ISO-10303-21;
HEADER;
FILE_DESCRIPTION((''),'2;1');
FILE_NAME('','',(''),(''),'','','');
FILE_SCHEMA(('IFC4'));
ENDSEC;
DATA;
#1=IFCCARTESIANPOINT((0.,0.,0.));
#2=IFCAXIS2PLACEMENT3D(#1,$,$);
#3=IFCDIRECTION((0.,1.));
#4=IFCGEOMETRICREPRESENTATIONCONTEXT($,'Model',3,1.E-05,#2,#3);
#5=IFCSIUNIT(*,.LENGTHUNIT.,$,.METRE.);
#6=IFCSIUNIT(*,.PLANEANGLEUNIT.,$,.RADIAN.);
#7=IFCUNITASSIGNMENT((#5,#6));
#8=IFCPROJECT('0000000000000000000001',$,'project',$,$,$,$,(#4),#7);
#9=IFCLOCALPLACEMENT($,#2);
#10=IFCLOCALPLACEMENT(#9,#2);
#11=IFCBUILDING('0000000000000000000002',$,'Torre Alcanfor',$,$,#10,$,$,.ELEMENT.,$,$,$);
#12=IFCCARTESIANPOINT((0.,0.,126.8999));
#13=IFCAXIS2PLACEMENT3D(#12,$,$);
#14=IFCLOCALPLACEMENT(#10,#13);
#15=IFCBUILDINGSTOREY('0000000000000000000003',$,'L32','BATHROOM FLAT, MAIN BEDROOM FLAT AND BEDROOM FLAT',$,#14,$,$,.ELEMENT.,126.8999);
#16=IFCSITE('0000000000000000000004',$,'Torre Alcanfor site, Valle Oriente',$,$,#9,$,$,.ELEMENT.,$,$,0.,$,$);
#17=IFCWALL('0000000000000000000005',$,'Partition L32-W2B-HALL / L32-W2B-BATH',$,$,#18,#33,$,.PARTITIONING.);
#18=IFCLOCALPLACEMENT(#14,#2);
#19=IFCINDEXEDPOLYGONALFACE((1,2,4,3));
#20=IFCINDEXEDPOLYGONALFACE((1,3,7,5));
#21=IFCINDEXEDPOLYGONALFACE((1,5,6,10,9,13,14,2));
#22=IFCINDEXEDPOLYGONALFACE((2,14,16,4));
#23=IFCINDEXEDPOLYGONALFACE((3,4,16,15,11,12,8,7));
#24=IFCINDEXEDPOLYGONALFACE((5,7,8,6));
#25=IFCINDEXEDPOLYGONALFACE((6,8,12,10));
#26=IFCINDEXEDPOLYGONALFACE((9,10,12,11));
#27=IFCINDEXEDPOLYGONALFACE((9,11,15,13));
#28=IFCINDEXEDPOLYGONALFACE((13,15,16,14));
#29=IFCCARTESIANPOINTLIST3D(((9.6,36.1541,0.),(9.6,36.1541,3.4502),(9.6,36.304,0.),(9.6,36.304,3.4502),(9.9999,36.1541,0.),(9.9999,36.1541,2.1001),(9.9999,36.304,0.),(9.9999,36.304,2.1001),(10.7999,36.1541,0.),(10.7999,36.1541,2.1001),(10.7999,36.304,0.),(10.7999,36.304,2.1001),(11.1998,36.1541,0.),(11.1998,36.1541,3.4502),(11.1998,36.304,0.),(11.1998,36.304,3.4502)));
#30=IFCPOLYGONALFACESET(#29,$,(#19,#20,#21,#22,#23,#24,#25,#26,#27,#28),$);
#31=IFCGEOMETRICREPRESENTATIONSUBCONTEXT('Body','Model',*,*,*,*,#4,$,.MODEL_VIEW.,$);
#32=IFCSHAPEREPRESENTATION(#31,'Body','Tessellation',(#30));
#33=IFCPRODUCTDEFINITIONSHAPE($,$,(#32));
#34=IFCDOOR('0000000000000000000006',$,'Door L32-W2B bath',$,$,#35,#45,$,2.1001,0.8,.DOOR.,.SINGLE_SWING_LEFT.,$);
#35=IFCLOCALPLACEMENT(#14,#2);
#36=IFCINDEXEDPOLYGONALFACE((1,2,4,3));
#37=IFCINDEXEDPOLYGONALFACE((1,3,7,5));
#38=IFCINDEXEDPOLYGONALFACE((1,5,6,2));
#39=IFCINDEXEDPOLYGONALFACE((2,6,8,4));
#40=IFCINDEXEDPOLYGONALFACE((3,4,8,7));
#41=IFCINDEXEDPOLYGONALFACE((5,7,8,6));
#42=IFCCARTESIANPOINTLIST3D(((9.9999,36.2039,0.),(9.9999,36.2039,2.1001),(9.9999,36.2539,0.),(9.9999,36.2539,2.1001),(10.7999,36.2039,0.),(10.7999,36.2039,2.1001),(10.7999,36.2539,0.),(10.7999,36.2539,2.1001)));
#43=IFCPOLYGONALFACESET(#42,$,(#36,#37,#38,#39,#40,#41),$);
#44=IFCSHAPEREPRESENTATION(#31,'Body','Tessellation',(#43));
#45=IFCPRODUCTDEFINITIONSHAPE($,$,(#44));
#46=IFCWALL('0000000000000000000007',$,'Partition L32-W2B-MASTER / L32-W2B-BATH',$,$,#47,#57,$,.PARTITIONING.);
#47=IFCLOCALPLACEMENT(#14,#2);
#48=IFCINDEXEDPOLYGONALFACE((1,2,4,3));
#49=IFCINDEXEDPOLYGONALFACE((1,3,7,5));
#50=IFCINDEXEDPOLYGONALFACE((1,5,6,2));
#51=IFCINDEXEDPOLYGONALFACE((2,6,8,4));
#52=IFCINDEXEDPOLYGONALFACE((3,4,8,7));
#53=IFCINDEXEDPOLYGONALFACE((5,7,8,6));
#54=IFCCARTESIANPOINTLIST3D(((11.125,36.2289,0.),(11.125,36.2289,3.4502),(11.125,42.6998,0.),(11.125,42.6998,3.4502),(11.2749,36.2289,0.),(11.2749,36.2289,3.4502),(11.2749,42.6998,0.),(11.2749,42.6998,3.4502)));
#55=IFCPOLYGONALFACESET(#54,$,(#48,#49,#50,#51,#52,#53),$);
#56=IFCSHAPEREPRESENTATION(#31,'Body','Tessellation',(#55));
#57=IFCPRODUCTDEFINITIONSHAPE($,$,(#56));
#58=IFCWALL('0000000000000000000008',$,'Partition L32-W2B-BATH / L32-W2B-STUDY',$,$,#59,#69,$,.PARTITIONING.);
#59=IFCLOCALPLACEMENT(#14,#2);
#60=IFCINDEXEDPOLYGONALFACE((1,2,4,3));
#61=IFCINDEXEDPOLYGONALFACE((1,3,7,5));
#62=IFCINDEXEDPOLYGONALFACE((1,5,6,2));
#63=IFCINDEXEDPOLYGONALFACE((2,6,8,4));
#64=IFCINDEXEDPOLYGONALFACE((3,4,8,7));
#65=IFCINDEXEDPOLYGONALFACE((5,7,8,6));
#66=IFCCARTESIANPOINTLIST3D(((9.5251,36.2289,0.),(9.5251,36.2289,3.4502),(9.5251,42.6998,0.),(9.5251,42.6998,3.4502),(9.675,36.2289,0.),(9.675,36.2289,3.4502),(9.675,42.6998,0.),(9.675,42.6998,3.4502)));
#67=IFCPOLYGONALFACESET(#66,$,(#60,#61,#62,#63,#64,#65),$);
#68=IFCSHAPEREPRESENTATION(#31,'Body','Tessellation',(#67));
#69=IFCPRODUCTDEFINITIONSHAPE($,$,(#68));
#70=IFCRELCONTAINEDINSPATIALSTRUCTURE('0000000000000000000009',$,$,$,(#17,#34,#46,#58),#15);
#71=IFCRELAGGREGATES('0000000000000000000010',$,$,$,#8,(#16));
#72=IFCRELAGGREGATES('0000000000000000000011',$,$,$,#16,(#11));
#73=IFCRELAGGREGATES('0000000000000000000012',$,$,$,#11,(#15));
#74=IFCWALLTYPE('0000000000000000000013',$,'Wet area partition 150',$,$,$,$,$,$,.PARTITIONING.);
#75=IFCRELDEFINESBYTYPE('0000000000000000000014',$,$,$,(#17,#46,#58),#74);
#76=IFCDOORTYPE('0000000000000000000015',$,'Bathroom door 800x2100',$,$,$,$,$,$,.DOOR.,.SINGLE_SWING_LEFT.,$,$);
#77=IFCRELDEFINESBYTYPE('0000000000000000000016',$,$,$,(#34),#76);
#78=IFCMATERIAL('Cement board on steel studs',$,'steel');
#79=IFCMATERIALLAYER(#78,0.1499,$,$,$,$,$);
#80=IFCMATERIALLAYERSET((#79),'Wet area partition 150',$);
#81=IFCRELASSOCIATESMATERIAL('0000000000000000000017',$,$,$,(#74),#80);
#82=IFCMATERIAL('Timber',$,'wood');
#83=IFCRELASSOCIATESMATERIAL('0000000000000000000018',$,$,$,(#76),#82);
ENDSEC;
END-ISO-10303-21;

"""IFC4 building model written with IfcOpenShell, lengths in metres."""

from ifc_helpers import new_model, si_unit, direction, frame, frame_2d, origin, place, context, subcontext, project, spatial, rectangle, extrude, material, layer, layer_set, type_object, element, fill, save


model = new_model("IFC4")

# Units and contexts
model_context = context("Model", 3, precision=1e-05, world=origin(), true_north=direction((0.0, 1.0)))
body_context = subcontext(model_context, "Body", "Model", "MODEL_VIEW")
ifc_project = project(units=[si_unit("LENGTHUNIT", "METRE"), si_unit("PLANEANGLEUNIT", "RADIAN")], contexts=[model_context])

# Site, building, storey
site_placement = place(None, origin())
site = spatial("IfcSite", under=ifc_project, at=site_placement, Name="Torre Alcanfor site, Valle Oriente", CompositionType="ELEMENT", RefElevation=0.0)
building_placement = place(site_placement, origin())
building = spatial("IfcBuilding", under=site, at=building_placement, Name="Torre Alcanfor", CompositionType="ELEMENT")
storey_placement = place(building_placement, frame((0.0, 0.0, 126.8999)))
storey = spatial("IfcBuildingStorey", under=building, at=storey_placement, Name="L32", Description="BATHROOM FLAT, MAIN BEDROOM FLAT AND BEDROOM FLAT", CompositionType="ELEMENT", Elevation=126.8999)

# Wall, opening, door
ifc_material_1 = material(Name="Cement board on steel studs", Category="steel")
ifc_layer_1 = layer(ifc_material_1, 0.1499)
ifc_layer_set_1 = layer_set([ifc_layer_1], Name="Wet area partition 150")
wall_type_1 = type_object("IfcWallType", Name="Wet area partition 150", PredefinedType="PARTITIONING", material=ifc_layer_set_1)
wall_1_placement = place(storey_placement, frame((9.6001, 36.229, 0.0), z_axis=(0.0, 0.0, 1.0), x_axis=(1.0, 0.0, 0.0)))
wall_1 = element("IfcWall", 1, at=wall_1_placement, inside=storey, type_object=wall_type_1, Name="Partition L32-W2B-HALL / L32-W2B-BATH", PredefinedType="PARTITIONING", context=body_context, shape_type="SweptSolid", body=[
    extrude(rectangle(XDim=1.5999, YDim=0.1499, at=frame_2d((0.7998, 0.0))), origin(), (0.0, 0.0, 1.0), 3.4502),
])
opening_1_placement = place(wall_1_placement, frame((0.3999, 0.0, 0.0)))
opening_1 = element("IfcOpeningElement", 2, at=opening_1_placement, cuts=wall_1, PredefinedType="OPENING", context=body_context, shape_type="SweptSolid", body=[
    extrude(rectangle(XDim=0.8, YDim=2.1001, at=frame_2d((0.3999, 1.05))), frame((0.0, 0.085, 0.0), z_axis=(0.0, -1.0, 0.0), x_axis=(1.0, 0.0, 0.0)), (0.0, 0.0, 1.0), 0.1699),
])
ifc_material_2 = material(Name="Timber", Category="wood")
door_type_1 = type_object("IfcDoorType", Name="Bathroom door 800x2100", OperationType="SINGLE_SWING_LEFT", PredefinedType="DOOR", material=ifc_material_2)
door_1_placement = place(opening_1_placement, origin())
door_1 = element("IfcDoor", 3, at=door_1_placement, inside=storey, type_object=door_type_1, Name="Door L32-W2B bath", OperationType="SINGLE_SWING_LEFT", OverallHeight=2.1001, OverallWidth=0.8, PredefinedType="DOOR", context=body_context, shape_type="SweptSolid", body=[
    extrude(rectangle(XDim=0.8, YDim=2.1001, at=frame_2d((0.3999, 1.05))), frame((0.0, 0.0249, 0.0), z_axis=(0.0, -1.0, 0.0), x_axis=(1.0, 0.0, 0.0)), (0.0, 0.0, 1.0), 0.05),
])
fill(opening_1, door_1)

# Walls
for number, where, z_axis, x_axis, name in (
    (4, (11.2, 36.229, 0.0), (0.0, 0.0, 1.0), (0.0, 1.0, 0.0), "Partition L32-W2B-MASTER / L32-W2B-BATH"),
    (5, (9.6001, 36.229, 0.0), (0.0, 0.0, 1.0), (0.0, 1.0, 0.0), "Partition L32-W2B-BATH / L32-W2B-STUDY"),
):
    element("IfcWall", number, at=place(storey_placement, frame(where, z_axis=z_axis, x_axis=x_axis)), inside=storey, type_object=wall_type_1, Name=name, PredefinedType="PARTITIONING", context=body_context, shape_type="SweptSolid", body=[
        extrude(rectangle(XDim=6.4709, YDim=0.1499, at=frame_2d((3.2354, 0.0))), origin(), (0.0, 0.0, 1.0), 3.4502),
    ])

save(model, "model.ifc")
